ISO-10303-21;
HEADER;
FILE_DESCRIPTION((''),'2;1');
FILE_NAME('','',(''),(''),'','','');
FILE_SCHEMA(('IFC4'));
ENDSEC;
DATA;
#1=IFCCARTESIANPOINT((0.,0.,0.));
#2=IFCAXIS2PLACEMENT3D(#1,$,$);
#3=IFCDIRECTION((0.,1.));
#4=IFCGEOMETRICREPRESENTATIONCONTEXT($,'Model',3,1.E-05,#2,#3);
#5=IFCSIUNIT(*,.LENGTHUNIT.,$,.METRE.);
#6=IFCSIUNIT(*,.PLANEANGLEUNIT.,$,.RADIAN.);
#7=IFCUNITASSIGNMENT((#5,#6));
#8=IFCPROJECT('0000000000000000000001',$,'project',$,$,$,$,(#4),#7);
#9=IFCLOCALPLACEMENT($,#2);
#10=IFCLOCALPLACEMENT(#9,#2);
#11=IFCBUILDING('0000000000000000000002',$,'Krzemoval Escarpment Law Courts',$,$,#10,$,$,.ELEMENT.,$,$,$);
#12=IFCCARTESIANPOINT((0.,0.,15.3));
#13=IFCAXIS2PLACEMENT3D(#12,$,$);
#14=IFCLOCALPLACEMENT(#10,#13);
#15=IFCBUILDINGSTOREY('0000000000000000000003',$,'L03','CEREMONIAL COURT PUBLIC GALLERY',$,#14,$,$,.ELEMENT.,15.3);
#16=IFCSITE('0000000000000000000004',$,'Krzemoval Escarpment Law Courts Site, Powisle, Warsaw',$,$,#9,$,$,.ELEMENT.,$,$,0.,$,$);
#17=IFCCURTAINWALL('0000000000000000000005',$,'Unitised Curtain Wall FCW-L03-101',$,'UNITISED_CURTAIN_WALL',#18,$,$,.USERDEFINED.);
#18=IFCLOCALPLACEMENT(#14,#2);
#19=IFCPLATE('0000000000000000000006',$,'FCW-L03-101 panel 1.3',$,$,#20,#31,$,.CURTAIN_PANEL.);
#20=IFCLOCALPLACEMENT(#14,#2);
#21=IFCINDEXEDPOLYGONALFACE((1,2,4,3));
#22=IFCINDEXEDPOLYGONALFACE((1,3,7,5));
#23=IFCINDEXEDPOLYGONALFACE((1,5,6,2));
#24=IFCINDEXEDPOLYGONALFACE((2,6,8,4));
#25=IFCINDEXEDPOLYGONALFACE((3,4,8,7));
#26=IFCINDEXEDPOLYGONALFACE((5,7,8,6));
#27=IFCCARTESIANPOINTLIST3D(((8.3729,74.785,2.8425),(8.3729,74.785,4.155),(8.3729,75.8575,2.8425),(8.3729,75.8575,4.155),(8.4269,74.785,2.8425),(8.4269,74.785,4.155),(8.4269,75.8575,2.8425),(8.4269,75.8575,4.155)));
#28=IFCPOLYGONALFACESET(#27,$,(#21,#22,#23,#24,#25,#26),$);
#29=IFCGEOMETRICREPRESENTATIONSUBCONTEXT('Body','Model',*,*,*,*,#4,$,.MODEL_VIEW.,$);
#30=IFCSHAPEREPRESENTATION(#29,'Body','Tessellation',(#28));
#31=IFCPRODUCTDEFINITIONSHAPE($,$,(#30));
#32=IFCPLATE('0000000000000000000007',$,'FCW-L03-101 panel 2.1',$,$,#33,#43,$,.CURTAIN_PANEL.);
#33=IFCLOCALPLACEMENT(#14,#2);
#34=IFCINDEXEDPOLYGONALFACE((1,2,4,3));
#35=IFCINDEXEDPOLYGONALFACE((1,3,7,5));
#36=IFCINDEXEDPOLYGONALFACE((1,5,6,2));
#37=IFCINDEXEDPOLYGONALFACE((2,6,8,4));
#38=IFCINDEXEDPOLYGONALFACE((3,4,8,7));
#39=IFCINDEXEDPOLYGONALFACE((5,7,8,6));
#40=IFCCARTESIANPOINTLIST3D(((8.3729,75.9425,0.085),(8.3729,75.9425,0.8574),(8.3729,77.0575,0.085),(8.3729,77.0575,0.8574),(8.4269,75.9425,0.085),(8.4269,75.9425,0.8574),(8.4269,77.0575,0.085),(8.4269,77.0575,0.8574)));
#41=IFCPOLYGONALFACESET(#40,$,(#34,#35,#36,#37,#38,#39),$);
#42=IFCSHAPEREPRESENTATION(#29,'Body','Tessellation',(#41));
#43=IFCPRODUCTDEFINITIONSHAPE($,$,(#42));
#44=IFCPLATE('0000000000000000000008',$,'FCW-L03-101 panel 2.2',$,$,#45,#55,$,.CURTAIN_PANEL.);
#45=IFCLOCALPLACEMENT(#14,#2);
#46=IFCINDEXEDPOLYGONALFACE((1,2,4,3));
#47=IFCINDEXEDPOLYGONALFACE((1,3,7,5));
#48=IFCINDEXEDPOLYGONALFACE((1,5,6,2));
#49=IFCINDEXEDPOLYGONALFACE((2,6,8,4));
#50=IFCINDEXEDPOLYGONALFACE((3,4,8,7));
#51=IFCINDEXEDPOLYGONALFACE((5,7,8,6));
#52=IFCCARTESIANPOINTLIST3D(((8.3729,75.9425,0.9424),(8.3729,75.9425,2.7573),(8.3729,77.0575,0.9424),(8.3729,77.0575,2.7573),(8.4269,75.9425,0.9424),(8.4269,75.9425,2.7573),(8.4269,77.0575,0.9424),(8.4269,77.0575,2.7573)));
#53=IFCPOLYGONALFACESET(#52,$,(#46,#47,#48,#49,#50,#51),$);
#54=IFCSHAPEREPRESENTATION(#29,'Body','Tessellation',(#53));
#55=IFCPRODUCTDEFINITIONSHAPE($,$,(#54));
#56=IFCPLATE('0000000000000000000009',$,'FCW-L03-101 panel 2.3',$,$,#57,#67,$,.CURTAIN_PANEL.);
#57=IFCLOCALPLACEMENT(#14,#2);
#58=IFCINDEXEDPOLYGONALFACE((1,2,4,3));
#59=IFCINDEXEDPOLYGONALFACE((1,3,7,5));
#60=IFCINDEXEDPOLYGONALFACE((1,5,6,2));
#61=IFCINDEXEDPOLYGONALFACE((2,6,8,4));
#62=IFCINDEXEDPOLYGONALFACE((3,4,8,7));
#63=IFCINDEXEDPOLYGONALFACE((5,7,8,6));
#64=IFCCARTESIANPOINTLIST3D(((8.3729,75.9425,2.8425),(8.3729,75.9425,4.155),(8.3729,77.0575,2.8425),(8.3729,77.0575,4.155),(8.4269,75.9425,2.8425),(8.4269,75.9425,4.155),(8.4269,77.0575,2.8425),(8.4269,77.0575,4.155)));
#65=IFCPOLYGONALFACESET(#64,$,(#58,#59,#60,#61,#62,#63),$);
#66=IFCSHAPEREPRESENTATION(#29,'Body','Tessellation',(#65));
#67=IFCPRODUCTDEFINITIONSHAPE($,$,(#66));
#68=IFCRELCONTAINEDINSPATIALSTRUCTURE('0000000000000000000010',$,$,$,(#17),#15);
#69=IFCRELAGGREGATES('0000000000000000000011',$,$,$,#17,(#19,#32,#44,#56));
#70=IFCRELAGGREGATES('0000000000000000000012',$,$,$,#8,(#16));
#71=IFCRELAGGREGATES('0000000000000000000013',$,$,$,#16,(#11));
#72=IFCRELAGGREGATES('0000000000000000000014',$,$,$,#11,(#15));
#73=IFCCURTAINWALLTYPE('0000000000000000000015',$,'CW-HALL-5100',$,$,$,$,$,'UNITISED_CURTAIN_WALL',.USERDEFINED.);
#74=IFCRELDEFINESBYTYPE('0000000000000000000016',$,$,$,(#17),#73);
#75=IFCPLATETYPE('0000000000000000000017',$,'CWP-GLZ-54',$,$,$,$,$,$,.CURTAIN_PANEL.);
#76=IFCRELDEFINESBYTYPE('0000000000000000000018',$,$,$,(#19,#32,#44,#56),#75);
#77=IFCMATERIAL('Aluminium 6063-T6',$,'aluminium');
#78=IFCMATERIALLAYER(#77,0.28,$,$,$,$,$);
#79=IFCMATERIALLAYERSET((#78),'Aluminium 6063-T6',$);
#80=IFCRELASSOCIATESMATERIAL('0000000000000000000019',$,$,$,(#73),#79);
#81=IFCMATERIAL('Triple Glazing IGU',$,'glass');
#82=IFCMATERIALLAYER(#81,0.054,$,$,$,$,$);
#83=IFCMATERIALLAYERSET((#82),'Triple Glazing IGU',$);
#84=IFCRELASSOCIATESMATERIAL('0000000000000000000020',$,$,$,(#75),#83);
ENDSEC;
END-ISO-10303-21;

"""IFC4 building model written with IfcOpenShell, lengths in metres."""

from ifc_helpers import new_model, si_unit, direction, frame, origin, origin_2d, place, context, subcontext, project, spatial, rectangle, extrude, material, layer, layer_set, type_object, element, aggregate, save


model = new_model("IFC4")

# Units and contexts
model_context = context("Model", 3, precision=1e-05, world=origin(), true_north=direction((0.0, 1.0)))
body_context = subcontext(model_context, "Body", "Model", "MODEL_VIEW")
ifc_project = project(units=[si_unit("LENGTHUNIT", "METRE"), si_unit("PLANEANGLEUNIT", "RADIAN")], contexts=[model_context])

# Site, building, storey
site_placement = place(None, origin())
site = spatial("IfcSite", under=ifc_project, at=site_placement, Name="Krzemoval Escarpment Law Courts Site, Powisle, Warsaw", CompositionType="ELEMENT", RefElevation=0.0)
building_placement = place(site_placement, origin())
building = spatial("IfcBuilding", under=site, at=building_placement, Name="Krzemoval Escarpment Law Courts", CompositionType="ELEMENT")
storey_placement = place(building_placement, frame((0.0, 0.0, 15.3)))
storey = spatial("IfcBuildingStorey", under=building, at=storey_placement, Name="L03", Description="CEREMONIAL COURT PUBLIC GALLERY", CompositionType="ELEMENT", Elevation=15.3)

# Shared definitions
ifc_material_1 = material(Name="Aluminium 6063-T6", Category="aluminium")
ifc_layer_1 = layer(ifc_material_1, 0.28)
ifc_layer_set_1 = layer_set([ifc_layer_1], Name="Aluminium 6063-T6")
curtain_wall_type = type_object("IfcCurtainWallType", Name="CW-HALL-5100", ElementType="UNITISED_CURTAIN_WALL", PredefinedType="USERDEFINED", material=ifc_layer_set_1)

# Curtain wall
curtain_wall_1_placement = place(storey_placement, origin())
curtain_wall_1 = element("IfcCurtainWall", 1, at=curtain_wall_1_placement, inside=storey, type_object=curtain_wall_type, Name="Unitised Curtain Wall FCW-L03-101", ObjectType="UNITISED_CURTAIN_WALL", PredefinedType="USERDEFINED")

# Plates
ifc_material_2 = material(Name="Triple Glazing IGU", Category="glass")
ifc_layer_2 = layer(ifc_material_2, 0.054)
ifc_layer_set_2 = layer_set([ifc_layer_2], Name="Triple Glazing IGU")
plate_type = type_object("IfcPlateType", Name="CWP-GLZ-54", PredefinedType="CURTAIN_PANEL", material=ifc_layer_set_2)
plate_1_placement = place(storey_placement, frame((8.3999, 75.3213, 2.8425), z_axis=(0.0, 0.0, 1.0), x_axis=(0.0, 1.0, 0.0)))
plate_1 = element("IfcPlate", 2, at=plate_1_placement, type_object=plate_type, Name="FCW-L03-101 panel 1.3", PredefinedType="CURTAIN_PANEL", context=body_context, shape_type="SweptSolid", body=[
    extrude(rectangle(XDim=1.0725, YDim=0.054, at=origin_2d()), origin(), (0.0, 0.0, 1.0), 1.3125),
])
plate_2_placement = place(storey_placement, frame((8.3999, 76.5, 0.085), z_axis=(0.0, 0.0, 1.0), x_axis=(0.0, 1.0, 0.0)))
plate_2 = element("IfcPlate", 3, at=plate_2_placement, type_object=plate_type, Name="FCW-L03-101 panel 2.1", PredefinedType="CURTAIN_PANEL", context=body_context, shape_type="SweptSolid", body=[
    extrude(rectangle(XDim=1.115, YDim=0.054, at=origin_2d()), origin(), (0.0, 0.0, 1.0), 0.7725),
])
plate_3_placement = place(storey_placement, frame((8.3999, 76.5, 0.9424), z_axis=(0.0, 0.0, 1.0), x_axis=(0.0, 1.0, 0.0)))
plate_3 = element("IfcPlate", 4, at=plate_3_placement, type_object=plate_type, Name="FCW-L03-101 panel 2.2", PredefinedType="CURTAIN_PANEL", context=body_context, shape_type="SweptSolid", body=[
    extrude(rectangle(XDim=1.115, YDim=0.054, at=origin_2d()), origin(), (0.0, 0.0, 1.0), 1.8149),
])
plate_4_placement = place(storey_placement, frame((8.3999, 76.5, 2.8425), z_axis=(0.0, 0.0, 1.0), x_axis=(0.0, 1.0, 0.0)))
plate_4 = element("IfcPlate", 5, at=plate_4_placement, type_object=plate_type, Name="FCW-L03-101 panel 2.3", PredefinedType="CURTAIN_PANEL", context=body_context, shape_type="SweptSolid", body=[
    extrude(rectangle(XDim=1.115, YDim=0.054, at=origin_2d()), origin(), (0.0, 0.0, 1.0), 1.3125),
])
aggregate(curtain_wall_1, [plate_1, plate_2, plate_3, plate_4])

save(model, "model.ifc")
